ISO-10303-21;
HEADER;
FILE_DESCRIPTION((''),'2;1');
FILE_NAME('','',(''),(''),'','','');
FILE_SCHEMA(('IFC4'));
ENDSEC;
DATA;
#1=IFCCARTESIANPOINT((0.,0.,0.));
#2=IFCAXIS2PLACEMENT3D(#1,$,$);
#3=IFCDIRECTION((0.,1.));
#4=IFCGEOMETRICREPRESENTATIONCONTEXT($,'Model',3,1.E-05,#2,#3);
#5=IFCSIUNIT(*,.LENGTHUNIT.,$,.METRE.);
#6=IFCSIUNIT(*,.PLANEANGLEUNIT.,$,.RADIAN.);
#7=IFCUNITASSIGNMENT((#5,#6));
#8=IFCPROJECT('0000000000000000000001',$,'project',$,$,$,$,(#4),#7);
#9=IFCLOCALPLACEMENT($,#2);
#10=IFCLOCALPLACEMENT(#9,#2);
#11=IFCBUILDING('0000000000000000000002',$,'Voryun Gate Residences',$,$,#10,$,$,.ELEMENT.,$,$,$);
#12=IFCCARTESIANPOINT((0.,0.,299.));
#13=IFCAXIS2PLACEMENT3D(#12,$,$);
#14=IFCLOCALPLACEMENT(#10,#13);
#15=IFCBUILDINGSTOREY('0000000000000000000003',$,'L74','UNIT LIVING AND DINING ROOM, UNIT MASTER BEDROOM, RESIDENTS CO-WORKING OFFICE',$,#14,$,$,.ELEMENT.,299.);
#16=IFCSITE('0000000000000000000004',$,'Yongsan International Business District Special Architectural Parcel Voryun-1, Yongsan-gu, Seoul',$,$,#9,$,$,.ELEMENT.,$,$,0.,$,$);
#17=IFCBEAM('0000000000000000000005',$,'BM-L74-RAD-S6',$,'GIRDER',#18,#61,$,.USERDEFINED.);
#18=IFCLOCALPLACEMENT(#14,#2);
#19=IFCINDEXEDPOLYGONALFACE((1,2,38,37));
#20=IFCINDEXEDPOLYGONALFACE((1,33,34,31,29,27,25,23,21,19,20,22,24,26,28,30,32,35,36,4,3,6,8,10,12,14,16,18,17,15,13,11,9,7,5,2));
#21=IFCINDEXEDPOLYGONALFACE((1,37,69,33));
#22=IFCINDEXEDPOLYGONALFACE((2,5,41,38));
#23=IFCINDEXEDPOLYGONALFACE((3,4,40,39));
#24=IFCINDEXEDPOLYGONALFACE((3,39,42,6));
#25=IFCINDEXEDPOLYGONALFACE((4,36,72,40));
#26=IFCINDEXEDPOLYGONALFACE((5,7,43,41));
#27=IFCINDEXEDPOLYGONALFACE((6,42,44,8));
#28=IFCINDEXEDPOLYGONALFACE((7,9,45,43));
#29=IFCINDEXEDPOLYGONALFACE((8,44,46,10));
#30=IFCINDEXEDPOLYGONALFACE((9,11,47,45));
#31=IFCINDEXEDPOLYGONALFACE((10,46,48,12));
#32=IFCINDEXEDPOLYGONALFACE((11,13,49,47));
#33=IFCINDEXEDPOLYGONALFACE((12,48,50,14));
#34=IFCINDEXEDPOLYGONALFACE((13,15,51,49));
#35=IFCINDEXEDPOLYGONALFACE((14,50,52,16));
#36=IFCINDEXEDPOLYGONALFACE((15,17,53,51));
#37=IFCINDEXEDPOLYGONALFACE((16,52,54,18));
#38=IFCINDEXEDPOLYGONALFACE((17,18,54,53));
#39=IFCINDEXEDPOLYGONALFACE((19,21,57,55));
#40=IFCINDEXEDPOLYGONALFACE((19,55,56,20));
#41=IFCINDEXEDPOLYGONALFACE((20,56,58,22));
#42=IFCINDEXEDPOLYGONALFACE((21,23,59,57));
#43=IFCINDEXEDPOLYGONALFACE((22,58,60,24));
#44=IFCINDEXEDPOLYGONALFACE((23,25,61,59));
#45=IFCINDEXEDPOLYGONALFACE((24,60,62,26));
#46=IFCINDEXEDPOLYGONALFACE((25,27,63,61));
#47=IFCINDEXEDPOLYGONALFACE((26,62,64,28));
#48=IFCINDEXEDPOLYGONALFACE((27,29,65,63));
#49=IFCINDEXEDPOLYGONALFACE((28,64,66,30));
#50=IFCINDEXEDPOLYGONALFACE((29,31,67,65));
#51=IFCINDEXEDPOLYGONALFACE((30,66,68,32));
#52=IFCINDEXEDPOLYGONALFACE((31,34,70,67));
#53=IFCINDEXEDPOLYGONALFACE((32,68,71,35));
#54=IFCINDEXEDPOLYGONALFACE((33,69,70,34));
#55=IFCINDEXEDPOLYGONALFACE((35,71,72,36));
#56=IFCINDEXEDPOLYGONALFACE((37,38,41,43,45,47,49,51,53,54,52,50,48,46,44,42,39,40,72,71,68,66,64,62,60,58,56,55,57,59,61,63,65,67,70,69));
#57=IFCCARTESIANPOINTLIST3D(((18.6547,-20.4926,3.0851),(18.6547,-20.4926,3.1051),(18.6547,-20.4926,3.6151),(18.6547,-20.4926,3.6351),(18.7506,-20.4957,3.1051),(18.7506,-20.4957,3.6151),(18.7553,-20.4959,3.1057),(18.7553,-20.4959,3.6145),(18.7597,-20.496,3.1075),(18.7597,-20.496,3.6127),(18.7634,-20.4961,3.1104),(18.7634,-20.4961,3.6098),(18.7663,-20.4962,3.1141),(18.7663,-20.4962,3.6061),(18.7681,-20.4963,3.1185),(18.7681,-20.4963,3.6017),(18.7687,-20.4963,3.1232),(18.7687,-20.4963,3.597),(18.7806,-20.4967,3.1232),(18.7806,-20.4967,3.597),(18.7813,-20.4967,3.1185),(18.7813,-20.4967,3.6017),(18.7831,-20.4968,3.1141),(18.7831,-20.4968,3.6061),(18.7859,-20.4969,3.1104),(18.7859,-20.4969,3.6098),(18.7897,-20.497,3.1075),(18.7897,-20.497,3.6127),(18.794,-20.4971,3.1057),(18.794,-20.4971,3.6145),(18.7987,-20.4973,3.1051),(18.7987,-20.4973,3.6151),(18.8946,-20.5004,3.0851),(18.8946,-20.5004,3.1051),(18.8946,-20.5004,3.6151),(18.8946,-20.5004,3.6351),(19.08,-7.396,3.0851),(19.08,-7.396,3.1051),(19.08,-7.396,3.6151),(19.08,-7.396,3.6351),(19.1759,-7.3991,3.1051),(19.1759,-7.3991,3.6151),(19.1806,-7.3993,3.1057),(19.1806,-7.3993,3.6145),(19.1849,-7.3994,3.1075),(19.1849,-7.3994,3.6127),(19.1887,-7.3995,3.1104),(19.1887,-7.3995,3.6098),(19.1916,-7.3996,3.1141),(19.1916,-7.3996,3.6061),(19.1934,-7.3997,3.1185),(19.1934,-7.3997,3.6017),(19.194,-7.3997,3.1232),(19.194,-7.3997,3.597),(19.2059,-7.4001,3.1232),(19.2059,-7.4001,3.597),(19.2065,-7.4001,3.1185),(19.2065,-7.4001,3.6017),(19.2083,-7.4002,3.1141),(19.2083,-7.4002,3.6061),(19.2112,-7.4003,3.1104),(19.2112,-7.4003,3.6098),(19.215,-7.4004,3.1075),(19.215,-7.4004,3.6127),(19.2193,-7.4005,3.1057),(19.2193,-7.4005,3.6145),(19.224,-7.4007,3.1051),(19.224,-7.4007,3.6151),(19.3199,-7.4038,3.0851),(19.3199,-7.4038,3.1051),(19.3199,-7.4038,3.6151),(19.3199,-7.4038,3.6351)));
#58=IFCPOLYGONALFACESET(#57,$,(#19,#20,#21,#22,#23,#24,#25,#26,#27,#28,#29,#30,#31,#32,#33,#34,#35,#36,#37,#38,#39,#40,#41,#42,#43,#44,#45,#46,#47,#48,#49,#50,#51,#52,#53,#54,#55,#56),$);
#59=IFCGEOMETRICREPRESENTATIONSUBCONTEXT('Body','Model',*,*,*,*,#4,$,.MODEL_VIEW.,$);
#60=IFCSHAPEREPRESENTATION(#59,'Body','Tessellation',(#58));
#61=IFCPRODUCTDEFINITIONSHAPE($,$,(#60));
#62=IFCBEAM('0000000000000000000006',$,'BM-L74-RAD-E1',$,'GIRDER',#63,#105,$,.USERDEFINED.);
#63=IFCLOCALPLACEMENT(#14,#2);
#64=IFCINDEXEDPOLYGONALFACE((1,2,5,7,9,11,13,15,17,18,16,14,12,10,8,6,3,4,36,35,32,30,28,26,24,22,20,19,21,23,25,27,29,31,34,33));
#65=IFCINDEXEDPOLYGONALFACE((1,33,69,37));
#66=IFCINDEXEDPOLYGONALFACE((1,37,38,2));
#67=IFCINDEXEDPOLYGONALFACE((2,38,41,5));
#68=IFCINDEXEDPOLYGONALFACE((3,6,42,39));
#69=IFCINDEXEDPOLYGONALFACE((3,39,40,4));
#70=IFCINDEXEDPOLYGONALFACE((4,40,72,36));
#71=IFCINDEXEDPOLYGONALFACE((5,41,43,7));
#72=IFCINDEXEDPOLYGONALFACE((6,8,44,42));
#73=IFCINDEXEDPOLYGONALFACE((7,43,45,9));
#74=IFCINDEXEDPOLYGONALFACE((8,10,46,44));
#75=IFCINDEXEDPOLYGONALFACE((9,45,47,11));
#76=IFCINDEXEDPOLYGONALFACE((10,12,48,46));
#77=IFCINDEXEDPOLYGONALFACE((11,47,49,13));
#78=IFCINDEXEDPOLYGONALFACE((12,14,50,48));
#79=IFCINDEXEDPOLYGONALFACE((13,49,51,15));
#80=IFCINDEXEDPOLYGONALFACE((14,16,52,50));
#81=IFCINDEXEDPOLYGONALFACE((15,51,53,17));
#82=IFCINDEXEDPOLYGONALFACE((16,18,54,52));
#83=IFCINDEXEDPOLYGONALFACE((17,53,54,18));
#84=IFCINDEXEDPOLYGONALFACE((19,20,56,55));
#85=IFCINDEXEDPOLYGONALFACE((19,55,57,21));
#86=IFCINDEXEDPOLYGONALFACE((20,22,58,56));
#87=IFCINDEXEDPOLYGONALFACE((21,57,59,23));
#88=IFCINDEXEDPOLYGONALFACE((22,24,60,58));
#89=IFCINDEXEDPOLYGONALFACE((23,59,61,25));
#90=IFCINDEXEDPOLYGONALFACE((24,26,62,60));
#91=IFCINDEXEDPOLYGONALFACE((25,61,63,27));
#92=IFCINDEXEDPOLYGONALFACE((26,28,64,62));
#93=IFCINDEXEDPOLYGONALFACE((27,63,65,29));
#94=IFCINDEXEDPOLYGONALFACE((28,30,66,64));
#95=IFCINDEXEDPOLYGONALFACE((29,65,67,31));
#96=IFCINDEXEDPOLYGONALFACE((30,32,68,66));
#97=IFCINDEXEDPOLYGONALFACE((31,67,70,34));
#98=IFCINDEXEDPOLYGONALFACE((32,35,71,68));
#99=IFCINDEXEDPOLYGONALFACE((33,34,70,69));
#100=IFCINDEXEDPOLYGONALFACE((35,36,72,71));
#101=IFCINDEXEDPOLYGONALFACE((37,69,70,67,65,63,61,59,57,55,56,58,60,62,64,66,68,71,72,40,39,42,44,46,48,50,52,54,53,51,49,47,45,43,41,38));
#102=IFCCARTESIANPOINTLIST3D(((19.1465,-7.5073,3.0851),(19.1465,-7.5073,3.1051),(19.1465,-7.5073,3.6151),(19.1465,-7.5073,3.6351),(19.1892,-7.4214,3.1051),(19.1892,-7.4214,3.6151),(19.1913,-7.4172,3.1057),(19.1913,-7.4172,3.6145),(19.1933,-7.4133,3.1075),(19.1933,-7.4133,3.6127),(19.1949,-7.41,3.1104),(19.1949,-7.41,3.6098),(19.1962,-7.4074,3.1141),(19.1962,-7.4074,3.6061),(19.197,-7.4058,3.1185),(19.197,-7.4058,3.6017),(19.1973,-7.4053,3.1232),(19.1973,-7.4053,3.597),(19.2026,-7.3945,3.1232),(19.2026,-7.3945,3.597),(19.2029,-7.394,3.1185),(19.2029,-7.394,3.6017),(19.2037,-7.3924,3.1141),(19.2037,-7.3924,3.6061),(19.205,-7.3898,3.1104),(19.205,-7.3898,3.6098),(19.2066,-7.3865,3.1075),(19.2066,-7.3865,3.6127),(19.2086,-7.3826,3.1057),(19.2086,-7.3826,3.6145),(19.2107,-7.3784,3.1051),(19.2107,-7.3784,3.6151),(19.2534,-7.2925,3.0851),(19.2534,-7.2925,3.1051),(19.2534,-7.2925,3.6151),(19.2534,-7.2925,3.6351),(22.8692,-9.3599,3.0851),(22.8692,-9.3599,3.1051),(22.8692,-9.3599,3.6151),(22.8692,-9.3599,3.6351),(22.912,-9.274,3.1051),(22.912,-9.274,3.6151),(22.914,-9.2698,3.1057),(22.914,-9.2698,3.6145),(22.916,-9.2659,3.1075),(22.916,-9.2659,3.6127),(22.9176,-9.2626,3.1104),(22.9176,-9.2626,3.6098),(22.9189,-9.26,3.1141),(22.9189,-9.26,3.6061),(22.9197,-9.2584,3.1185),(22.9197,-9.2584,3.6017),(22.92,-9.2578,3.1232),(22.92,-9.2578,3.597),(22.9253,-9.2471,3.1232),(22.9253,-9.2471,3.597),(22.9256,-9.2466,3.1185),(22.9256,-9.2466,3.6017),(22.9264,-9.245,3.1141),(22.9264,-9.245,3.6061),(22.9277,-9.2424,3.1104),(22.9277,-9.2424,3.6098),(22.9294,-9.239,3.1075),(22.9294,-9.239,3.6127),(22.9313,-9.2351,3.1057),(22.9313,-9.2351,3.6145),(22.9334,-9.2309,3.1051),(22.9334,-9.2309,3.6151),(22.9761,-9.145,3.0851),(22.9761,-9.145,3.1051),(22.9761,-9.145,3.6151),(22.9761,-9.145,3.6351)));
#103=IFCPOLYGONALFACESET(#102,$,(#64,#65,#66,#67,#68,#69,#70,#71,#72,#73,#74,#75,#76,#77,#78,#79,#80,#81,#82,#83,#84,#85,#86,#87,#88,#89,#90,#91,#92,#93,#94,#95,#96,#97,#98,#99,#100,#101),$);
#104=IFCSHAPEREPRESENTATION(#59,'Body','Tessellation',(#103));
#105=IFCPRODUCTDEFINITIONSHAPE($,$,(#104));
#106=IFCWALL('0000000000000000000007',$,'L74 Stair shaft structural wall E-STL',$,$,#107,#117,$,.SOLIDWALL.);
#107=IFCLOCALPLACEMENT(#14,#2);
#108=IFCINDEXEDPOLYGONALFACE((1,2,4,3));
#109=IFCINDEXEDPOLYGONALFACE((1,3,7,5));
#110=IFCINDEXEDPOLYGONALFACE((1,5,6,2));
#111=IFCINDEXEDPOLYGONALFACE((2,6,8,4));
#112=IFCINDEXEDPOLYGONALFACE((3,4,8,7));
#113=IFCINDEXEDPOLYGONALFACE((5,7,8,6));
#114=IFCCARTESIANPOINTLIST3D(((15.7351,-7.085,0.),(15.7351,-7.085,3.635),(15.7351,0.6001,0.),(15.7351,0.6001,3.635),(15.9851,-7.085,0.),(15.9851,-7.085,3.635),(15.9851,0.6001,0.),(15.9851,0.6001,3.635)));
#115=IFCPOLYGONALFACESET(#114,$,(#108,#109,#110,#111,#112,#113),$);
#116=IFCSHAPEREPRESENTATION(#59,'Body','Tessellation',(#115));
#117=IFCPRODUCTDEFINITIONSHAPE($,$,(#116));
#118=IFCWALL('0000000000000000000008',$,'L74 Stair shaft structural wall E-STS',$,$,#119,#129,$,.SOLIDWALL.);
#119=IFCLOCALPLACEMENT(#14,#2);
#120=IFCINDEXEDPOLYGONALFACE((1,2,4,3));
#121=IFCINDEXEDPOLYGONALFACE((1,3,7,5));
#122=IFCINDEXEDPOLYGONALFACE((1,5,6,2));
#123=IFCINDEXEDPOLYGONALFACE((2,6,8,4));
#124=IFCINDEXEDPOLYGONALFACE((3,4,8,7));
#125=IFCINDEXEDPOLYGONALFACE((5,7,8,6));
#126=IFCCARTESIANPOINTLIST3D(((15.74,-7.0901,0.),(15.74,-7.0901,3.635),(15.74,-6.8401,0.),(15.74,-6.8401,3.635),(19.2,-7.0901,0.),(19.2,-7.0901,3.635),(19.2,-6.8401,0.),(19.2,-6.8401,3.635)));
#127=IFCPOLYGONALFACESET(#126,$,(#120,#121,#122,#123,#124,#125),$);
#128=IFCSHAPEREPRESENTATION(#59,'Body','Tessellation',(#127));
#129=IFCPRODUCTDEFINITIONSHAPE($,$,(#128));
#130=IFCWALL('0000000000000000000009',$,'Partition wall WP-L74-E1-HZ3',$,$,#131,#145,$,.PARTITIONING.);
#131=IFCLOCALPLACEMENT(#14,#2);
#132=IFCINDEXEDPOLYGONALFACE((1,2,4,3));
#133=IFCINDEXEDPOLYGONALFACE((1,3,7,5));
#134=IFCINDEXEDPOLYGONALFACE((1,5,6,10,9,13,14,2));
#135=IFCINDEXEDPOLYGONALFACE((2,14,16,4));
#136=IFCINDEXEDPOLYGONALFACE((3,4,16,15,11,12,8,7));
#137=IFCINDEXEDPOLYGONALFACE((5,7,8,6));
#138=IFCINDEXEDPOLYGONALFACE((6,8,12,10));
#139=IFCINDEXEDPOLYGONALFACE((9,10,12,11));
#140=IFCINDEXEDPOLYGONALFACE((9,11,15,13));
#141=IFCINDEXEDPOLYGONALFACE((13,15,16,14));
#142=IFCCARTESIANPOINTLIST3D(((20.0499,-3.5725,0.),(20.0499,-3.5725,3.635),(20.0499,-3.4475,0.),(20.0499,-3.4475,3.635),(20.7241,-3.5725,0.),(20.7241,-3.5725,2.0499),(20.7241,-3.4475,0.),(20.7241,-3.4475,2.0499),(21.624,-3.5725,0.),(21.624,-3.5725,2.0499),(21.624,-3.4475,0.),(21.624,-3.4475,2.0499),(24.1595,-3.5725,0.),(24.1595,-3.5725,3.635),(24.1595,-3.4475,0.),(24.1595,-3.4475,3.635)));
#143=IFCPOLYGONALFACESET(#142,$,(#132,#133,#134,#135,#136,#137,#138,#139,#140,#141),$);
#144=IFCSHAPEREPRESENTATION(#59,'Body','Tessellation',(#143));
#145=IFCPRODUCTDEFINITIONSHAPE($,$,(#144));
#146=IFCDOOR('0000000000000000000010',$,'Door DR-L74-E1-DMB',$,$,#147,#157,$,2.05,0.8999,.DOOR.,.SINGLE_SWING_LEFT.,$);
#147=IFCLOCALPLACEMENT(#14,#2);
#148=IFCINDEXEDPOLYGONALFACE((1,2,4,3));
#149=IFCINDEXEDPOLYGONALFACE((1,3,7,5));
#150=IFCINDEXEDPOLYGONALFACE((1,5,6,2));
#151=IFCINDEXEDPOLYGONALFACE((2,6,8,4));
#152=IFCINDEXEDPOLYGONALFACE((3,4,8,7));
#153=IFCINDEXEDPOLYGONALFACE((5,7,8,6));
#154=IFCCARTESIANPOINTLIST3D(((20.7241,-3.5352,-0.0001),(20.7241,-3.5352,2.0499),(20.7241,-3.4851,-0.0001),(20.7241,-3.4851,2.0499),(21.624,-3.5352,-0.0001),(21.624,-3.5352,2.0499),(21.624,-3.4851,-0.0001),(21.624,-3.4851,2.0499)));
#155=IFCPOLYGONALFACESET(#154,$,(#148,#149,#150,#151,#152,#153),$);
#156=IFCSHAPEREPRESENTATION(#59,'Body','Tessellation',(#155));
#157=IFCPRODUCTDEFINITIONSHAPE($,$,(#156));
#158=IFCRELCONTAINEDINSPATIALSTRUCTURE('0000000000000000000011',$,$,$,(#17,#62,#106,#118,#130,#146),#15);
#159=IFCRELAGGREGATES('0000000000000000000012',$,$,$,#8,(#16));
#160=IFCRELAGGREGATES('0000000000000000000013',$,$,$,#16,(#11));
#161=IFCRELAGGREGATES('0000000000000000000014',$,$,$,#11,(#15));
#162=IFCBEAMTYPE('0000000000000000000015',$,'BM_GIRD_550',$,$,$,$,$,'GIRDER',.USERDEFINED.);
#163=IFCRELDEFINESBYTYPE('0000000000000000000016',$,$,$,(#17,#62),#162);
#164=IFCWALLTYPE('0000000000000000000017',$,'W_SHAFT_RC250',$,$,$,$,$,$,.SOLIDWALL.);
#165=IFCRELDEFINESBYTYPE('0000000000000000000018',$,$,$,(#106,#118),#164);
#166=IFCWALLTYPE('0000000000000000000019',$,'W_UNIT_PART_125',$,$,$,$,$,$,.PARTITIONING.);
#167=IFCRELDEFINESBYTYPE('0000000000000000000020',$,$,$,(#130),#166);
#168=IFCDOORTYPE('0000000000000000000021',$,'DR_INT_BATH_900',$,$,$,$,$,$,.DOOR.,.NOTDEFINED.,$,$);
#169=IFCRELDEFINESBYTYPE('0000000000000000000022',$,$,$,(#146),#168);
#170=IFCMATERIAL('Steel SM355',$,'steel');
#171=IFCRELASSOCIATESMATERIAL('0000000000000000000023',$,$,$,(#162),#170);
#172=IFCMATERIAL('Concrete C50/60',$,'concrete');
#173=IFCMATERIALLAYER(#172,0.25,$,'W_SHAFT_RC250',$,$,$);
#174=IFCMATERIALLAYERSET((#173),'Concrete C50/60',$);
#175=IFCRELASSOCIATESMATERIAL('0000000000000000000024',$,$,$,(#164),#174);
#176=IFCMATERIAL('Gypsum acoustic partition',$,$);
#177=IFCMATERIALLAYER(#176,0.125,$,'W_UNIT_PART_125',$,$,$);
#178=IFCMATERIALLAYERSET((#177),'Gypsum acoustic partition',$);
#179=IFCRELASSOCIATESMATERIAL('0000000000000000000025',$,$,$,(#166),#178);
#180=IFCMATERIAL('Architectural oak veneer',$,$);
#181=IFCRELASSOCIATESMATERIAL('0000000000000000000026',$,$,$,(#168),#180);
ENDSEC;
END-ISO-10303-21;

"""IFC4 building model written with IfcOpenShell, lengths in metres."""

from ifc_helpers import new_model, si_unit, direction, frame, frame_2d, origin, origin_2d, place, context, subcontext, project, spatial, rectangle, i_section, extrude, material, layer, layer_set, material_profile, profile_set, type_object, element, fill, save


model = new_model("IFC4")

# Units and contexts
model_context = context("Model", 3, precision=1e-05, world=origin(), true_north=direction((0.0, 1.0)))
body_context = subcontext(model_context, "Body", "Model", "MODEL_VIEW")
ifc_project = project(units=[si_unit("LENGTHUNIT", "METRE"), si_unit("PLANEANGLEUNIT", "RADIAN")], contexts=[model_context])

# Site, building, storey
site_placement = place(None, origin())
site = spatial("IfcSite", under=ifc_project, at=site_placement, Name="Yongsan International Business District Special Architectural Parcel Voryun-1, Yongsan-gu, Seoul", CompositionType="ELEMENT", RefElevation=0.0)
building_placement = place(site_placement, origin())
building = spatial("IfcBuilding", under=site, at=building_placement, Name="Voryun Gate Residences", CompositionType="ELEMENT")
storey_placement = place(building_placement, frame((0.0, 0.0, 299.0)))
storey = spatial("IfcBuildingStorey", under=building, at=storey_placement, Name="L74", Description="UNIT LIVING AND DINING ROOM, UNIT MASTER BEDROOM, RESIDENTS CO-WORKING OFFICE", CompositionType="ELEMENT", Elevation=299.0)

# Beams
ifc_material_1 = material(Name="Steel SM355", Category="steel")
ifc_material_profile = material_profile(ifc_material_1, i_section(OverallWidth=0.24, OverallDepth=0.55, WebThickness=0.012, FlangeThickness=0.02, FilletRadius=0.0181, at=origin_2d()), Name="H-550x240x12x20")
ifc_profile_set = profile_set([ifc_material_profile], Name="Steel SM355")
beam_type = type_object("IfcBeamType", Name="BM_GIRD_550", ElementType="GIRDER", PredefinedType="USERDEFINED", material=ifc_profile_set)
beam_1_placement = place(storey_placement, frame((19.2, -7.3999, 3.3601), z_axis=(-0.032456, -0.999473, 0.0), x_axis=(0.999473, -0.032456, 0.0)))
element("IfcBeam", 1, at=beam_1_placement, inside=storey, type_object=beam_type, Name="BM-L74-RAD-S6", ObjectType="GIRDER", PredefinedType="USERDEFINED", context=body_context, shape_type="SweptSolid", body=[
    extrude(i_section(OverallWidth=0.24, OverallDepth=0.55, WebThickness=0.012, FlangeThickness=0.02, FilletRadius=0.0181, at=origin_2d()), origin(), (0.0, 0.0, 1.0), 13.1035),
])
beam_2_placement = place(storey_placement, frame((19.2, -7.3999, 3.3601), z_axis=(0.895271, -0.445522, 0.0), x_axis=(0.445522, 0.895271, 0.0)))
element("IfcBeam", 2, at=beam_2_placement, inside=storey, type_object=beam_type, Name="BM-L74-RAD-E1", ObjectType="GIRDER", PredefinedType="USERDEFINED", context=body_context, shape_type="SweptSolid", body=[
    extrude(i_section(OverallWidth=0.24, OverallDepth=0.55, WebThickness=0.012, FlangeThickness=0.02, FilletRadius=0.0181, at=origin_2d()), origin(), (0.0, 0.0, 1.0), 4.1582),
])

# Walls
ifc_material_2 = material(Name="Concrete C50/60", Category="concrete")
ifc_layer_1 = layer(ifc_material_2, 0.25, Name="W_SHAFT_RC250")
ifc_layer_set_1 = layer_set([ifc_layer_1], Name="Concrete C50/60")
wall_type_1 = type_object("IfcWallType", Name="W_SHAFT_RC250", PredefinedType="SOLIDWALL", material=ifc_layer_set_1)
wall_1_placement = place(storey_placement, frame((15.8601, -7.085, 0.0), z_axis=(0.0, 0.0, 1.0), x_axis=(0.0, 1.0, 0.0)))
element("IfcWall", 3, at=wall_1_placement, inside=storey, type_object=wall_type_1, Name="L74 Stair shaft structural wall E-STL", PredefinedType="SOLIDWALL", context=body_context, shape_type="SweptSolid", body=[
    extrude(rectangle(XDim=7.6851, YDim=0.25, at=frame_2d((3.8425, 0.0))), origin(), (0.0, 0.0, 1.0), 3.635),
])
wall_2_placement = place(storey_placement, frame((15.74, -6.9651, 0.0), z_axis=(0.0, 0.0, 1.0), x_axis=(1.0, 0.0, 0.0)))
element("IfcWall", 4, at=wall_2_placement, inside=storey, type_object=wall_type_1, Name="L74 Stair shaft structural wall E-STS", PredefinedType="SOLIDWALL", context=body_context, shape_type="SweptSolid", body=[
    extrude(rectangle(XDim=3.46, YDim=0.25, at=frame_2d((1.73, 0.0))), origin(), (0.0, 0.0, 1.0), 3.635),
])

# Wall, opening, door
ifc_material_3 = material(Name="Gypsum acoustic partition")
ifc_layer_2 = layer(ifc_material_3, 0.125, Name="W_UNIT_PART_125")
ifc_layer_set_2 = layer_set([ifc_layer_2], Name="Gypsum acoustic partition")
wall_type_2 = type_object("IfcWallType", Name="W_UNIT_PART_125", PredefinedType="PARTITIONING", material=ifc_layer_set_2)
wall_3_placement = place(storey_placement, frame((20.05, -3.51, 0.0), z_axis=(0.0, 0.0, 1.0), x_axis=(1.0, 0.0, 0.0)))
wall_3 = element("IfcWall", 5, at=wall_3_placement, inside=storey, type_object=wall_type_2, Name="Partition wall WP-L74-E1-HZ3", PredefinedType="PARTITIONING", context=body_context, shape_type="SweptSolid", body=[
    extrude(rectangle(XDim=4.1096, YDim=0.125, at=frame_2d((2.0547, 0.0))), origin(), (0.0, 0.0, 1.0), 3.635),
])
opening_1_placement = place(wall_3_placement, frame((0.6741, 0.0, 0.0)))
opening_1 = element("IfcOpeningElement", 6, at=opening_1_placement, cuts=wall_3, PredefinedType="OPENING", context=body_context, shape_type="SweptSolid", body=[
    extrude(rectangle(XDim=0.8999, YDim=2.05, at=frame_2d((0.45, 1.0249))), frame((0.0, 0.0725, 0.0), z_axis=(0.0, -1.0, 0.0), x_axis=(1.0, 0.0, 0.0)), (0.0, 0.0, 1.0), 0.145),
])
ifc_material_4 = material(Name="Architectural oak veneer")
door_type = type_object("IfcDoorType", Name="DR_INT_BATH_900", OperationType="NOTDEFINED", PredefinedType="DOOR", material=ifc_material_4)
door_1_placement = place(opening_1_placement, origin())
door_1 = element("IfcDoor", 7, at=door_1_placement, inside=storey, type_object=door_type, Name="Door DR-L74-E1-DMB", OperationType="SINGLE_SWING_LEFT", OverallHeight=2.05, OverallWidth=0.8999, PredefinedType="DOOR", context=body_context, shape_type="SweptSolid", body=[
    extrude(rectangle(XDim=0.8999, YDim=2.05, at=frame_2d((0.45, 1.0249))), frame((0.0, 0.0249, 0.0), z_axis=(0.0, -1.0, 0.0), x_axis=(1.0, 0.0, 0.0)), (0.0, 0.0, 1.0), 0.05),
])
fill(opening_1, door_1)

save(model, "model.ifc")
